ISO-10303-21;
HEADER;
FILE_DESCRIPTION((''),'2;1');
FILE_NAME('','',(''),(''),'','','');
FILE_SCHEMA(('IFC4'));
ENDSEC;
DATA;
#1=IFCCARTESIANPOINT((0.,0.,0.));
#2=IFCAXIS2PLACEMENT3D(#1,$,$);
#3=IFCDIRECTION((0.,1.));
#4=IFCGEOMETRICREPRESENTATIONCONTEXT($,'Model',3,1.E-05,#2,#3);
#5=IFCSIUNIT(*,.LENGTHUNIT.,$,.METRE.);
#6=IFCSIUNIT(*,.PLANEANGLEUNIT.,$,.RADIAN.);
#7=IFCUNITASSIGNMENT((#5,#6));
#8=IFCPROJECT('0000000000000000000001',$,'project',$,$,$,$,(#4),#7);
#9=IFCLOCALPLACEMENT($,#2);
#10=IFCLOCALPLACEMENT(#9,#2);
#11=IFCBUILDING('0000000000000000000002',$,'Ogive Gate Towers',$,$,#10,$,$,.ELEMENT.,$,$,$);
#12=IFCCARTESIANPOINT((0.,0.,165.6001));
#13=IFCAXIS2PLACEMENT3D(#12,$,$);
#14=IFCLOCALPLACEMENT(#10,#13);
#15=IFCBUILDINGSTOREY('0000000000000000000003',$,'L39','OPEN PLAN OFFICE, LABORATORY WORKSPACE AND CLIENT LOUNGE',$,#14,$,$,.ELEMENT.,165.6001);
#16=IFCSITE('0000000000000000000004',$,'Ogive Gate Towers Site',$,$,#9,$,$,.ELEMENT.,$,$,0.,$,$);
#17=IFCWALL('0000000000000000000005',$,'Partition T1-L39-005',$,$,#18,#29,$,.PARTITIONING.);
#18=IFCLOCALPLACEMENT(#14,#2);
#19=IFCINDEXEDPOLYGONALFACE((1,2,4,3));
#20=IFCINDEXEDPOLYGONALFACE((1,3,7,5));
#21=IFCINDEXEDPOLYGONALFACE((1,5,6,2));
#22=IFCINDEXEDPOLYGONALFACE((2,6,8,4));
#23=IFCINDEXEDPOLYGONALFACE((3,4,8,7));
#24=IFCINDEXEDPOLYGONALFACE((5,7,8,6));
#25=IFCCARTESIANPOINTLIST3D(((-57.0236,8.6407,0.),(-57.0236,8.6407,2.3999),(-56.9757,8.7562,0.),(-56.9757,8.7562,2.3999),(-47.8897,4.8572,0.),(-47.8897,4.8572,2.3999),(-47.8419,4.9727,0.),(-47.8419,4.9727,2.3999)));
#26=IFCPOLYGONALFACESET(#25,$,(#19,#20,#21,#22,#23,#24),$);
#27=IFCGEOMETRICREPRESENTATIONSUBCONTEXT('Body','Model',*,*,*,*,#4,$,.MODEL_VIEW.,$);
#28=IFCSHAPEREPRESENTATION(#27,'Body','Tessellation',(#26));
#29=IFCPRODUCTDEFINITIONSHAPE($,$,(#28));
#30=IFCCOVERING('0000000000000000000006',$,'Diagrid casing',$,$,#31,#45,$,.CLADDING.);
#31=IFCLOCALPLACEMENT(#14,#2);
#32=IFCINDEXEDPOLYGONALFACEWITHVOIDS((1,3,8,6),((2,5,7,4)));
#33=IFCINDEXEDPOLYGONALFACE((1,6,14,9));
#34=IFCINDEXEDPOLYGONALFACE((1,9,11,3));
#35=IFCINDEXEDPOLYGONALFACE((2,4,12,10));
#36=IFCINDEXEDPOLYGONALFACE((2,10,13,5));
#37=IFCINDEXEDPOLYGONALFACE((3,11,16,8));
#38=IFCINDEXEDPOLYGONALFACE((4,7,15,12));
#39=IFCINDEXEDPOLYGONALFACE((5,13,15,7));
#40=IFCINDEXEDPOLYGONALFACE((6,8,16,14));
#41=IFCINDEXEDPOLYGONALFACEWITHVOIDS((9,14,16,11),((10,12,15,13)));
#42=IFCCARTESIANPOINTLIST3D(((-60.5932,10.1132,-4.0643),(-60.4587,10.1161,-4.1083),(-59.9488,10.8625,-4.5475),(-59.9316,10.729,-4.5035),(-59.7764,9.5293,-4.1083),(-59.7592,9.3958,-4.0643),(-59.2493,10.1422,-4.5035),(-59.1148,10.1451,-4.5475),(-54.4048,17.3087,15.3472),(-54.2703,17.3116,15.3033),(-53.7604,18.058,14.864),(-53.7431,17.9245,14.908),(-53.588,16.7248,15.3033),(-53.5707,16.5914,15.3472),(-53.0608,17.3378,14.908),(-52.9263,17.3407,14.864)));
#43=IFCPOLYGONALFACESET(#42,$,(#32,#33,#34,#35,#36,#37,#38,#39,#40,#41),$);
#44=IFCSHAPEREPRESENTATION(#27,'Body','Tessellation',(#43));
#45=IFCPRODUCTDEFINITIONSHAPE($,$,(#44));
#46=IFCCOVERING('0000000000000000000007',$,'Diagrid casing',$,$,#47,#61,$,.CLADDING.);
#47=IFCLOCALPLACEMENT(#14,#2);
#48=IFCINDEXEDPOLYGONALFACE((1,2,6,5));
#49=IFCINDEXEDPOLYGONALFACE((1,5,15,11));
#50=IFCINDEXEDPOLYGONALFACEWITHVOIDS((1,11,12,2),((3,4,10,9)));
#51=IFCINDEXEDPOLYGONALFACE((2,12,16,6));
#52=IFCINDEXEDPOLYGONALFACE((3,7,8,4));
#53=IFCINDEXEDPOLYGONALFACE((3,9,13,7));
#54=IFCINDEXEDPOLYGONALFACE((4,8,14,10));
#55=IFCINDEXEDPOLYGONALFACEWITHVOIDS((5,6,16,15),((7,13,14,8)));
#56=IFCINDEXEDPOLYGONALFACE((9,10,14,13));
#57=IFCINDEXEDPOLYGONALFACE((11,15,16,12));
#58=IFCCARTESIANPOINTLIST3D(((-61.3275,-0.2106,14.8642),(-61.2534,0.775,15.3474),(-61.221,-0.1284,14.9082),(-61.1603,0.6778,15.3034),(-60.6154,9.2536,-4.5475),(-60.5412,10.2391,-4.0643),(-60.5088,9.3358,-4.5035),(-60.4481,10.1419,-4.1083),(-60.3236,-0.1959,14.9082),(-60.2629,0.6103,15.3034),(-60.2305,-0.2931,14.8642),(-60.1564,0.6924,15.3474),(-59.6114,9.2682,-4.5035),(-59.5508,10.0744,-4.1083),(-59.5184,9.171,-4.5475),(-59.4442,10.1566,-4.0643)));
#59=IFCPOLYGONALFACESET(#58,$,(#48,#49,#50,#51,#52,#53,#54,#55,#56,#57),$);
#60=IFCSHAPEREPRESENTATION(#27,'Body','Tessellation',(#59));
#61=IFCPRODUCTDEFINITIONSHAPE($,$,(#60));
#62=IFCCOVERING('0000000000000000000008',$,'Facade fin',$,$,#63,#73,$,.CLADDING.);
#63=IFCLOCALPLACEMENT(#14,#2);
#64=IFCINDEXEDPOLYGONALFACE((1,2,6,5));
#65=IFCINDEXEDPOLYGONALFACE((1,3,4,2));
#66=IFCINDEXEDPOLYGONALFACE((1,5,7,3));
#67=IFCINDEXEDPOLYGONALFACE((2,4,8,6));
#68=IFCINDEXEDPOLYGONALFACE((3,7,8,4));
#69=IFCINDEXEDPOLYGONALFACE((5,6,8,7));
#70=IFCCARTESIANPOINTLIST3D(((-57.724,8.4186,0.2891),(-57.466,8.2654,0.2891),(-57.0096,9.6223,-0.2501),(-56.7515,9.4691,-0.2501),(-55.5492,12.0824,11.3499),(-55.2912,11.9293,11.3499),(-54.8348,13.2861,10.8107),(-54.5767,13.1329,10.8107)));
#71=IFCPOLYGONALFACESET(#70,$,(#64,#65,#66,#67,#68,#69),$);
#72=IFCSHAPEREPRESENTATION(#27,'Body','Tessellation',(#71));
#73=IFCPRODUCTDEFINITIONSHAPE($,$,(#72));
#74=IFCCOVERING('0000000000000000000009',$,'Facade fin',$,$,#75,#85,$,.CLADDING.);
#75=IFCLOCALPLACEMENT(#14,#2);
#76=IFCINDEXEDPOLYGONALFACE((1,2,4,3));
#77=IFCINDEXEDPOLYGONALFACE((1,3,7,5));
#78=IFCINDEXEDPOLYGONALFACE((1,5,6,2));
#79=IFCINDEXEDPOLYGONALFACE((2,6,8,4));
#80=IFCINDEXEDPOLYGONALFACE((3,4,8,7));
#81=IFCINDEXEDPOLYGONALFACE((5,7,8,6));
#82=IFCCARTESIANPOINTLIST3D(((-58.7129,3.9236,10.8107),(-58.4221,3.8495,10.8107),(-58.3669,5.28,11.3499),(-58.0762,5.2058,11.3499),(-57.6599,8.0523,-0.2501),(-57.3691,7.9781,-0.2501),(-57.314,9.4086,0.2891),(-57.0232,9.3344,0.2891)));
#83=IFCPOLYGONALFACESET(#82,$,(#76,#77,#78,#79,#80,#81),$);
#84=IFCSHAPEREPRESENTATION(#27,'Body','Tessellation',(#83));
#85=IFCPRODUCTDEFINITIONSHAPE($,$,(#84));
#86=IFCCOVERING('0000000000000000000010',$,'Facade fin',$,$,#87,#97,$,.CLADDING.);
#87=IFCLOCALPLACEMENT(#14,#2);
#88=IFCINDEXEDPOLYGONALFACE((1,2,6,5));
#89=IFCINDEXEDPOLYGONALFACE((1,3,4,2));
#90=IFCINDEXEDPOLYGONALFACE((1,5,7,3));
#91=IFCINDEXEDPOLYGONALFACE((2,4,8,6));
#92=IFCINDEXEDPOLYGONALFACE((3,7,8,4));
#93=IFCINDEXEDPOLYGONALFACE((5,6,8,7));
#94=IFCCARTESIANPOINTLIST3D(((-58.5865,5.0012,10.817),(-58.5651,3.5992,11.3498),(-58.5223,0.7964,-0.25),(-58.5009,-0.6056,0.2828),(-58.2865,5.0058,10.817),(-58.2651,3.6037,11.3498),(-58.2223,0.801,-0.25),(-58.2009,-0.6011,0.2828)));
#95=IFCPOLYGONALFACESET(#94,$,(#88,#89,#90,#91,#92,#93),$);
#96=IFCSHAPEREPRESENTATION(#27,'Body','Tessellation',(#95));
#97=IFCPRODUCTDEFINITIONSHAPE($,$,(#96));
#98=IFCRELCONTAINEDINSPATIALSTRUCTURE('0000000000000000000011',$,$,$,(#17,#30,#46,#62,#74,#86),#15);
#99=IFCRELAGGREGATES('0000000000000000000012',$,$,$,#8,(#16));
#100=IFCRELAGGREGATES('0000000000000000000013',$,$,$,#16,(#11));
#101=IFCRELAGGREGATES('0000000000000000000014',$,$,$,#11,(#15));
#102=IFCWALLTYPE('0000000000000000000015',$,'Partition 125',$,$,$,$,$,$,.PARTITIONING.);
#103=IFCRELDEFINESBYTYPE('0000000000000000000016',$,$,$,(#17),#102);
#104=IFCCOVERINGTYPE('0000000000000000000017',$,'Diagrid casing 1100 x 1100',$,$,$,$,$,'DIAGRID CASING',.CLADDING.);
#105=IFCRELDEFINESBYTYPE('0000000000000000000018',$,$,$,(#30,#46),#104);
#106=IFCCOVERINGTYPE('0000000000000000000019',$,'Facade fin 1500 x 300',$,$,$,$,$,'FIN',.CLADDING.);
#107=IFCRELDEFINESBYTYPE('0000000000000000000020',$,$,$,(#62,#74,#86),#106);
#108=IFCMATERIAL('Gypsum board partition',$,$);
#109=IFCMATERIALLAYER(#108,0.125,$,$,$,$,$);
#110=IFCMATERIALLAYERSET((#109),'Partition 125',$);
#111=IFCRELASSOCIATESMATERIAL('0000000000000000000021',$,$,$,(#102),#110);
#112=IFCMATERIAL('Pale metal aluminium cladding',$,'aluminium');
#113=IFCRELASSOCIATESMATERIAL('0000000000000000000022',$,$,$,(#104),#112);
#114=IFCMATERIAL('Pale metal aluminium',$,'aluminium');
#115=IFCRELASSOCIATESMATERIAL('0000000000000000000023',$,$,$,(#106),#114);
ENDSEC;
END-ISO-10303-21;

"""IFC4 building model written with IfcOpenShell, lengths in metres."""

from ifc_helpers import new_model, si_unit, direction, frame, frame_2d, origin, origin_2d, place, context, subcontext, project, spatial, rectangle, hollow_rectangle, extrude, material, layer, layer_set, material_profile, profile_set, type_object, element, save


model = new_model("IFC4")

# Units and contexts
model_context = context("Model", 3, precision=1e-05, world=origin(), true_north=direction((0.0, 1.0)))
body_context = subcontext(model_context, "Body", "Model", "MODEL_VIEW")
ifc_project = project(units=[si_unit("LENGTHUNIT", "METRE"), si_unit("PLANEANGLEUNIT", "RADIAN")], contexts=[model_context])

# Site, building, storey
site_placement = place(None, origin())
site = spatial("IfcSite", under=ifc_project, at=site_placement, Name="Ogive Gate Towers Site", CompositionType="ELEMENT", RefElevation=0.0)
building_placement = place(site_placement, origin())
building = spatial("IfcBuilding", under=site, at=building_placement, Name="Ogive Gate Towers", CompositionType="ELEMENT")
storey_placement = place(building_placement, frame((0.0, 0.0, 165.6001)))
storey = spatial("IfcBuildingStorey", under=building, at=storey_placement, Name="L39", Description="OPEN PLAN OFFICE, LABORATORY WORKSPACE AND CLIENT LOUNGE", CompositionType="ELEMENT", Elevation=165.6001)

# Shared definitions
ifc_material_1 = material(Name="Pale metal aluminium", Category="aluminium")

# Wall
ifc_material_2 = material(Name="Gypsum board partition")
ifc_layer_1 = layer(ifc_material_2, 0.125)
ifc_layer_set_1 = layer_set([ifc_layer_1], Name="Partition 125")
wall_type = type_object("IfcWallType", Name="Partition 125", PredefinedType="PARTITIONING", material=ifc_layer_set_1)
wall_placement = place(storey_placement, frame((-56.9998, 8.6985, 0.0), z_axis=(0.0, 0.0, 1.0), x_axis=(0.923876, -0.382693, 0.0)))
element("IfcWall", 1, at=wall_placement, inside=storey, type_object=wall_type, Name="Partition T1-L39-005", PredefinedType="PARTITIONING", context=body_context, shape_type="SweptSolid", body=[
    extrude(rectangle(XDim=9.8865, YDim=0.125, at=frame_2d((4.9434, 0.0))), origin(), (0.0, 0.0, 1.0), 2.3999),
])

# Coverings
ifc_material_3 = material(Name="Pale metal aluminium cladding", Category="aluminium")
ifc_material_profile_1 = material_profile(ifc_material_3, hollow_rectangle(XDim=1.1001, YDim=1.1001, WallThickness=0.1001, at=origin_2d()), Name="1100 x 1100 pale metal casing")
ifc_profile_set_1 = profile_set([ifc_material_profile_1], Name="Pale metal aluminium cladding")
covering_type_1 = type_object("IfcCoveringType", Name="Diagrid casing 1100 x 1100", ElementType="DIAGRID CASING", PredefinedType="CLADDING", material=ifc_profile_set_1)
covering_1_placement = place(storey_placement, frame((-59.854, 10.1292, -4.3059), z_axis=(0.286404, 0.333012, 0.898374), x_axis=(-0.75817, 0.652057, 0.0)))
element("IfcCovering", 2, at=covering_1_placement, inside=storey, type_object=covering_type_1, Name="Diagrid casing", PredefinedType="CLADDING", context=body_context, shape_type="SweptSolid", body=[
    extrude(hollow_rectangle(XDim=1.1001, YDim=1.1001, WallThickness=0.1001, at=origin_2d()), origin(), (0.0, 0.0, 1.0), 21.6074),
])
covering_2_placement = place(storey_placement, frame((-60.0298, 9.7051, -4.3059), z_axis=(-0.032959, -0.438, 0.898371), x_axis=(0.997181, -0.075036, 0.0)))
element("IfcCovering", 3, at=covering_2_placement, inside=storey, type_object=covering_type_1, Name="Diagrid casing", PredefinedType="CLADDING", context=body_context, shape_type="SweptSolid", body=[
    extrude(hollow_rectangle(XDim=1.1001, YDim=1.1001, WallThickness=0.1001, at=origin_2d()), origin(), (0.0, 0.0, 1.0), 21.6077),
])
ifc_material_profile_2 = material_profile(ifc_material_1, rectangle(XDim=0.3, YDim=1.5, at=origin_2d()), Name="1500 x 300 pale metal aluminium")
ifc_profile_set_2 = profile_set([ifc_material_profile_2], Name="Pale metal aluminium")
covering_type_2 = type_object("IfcCoveringType", Name="Facade fin 1500 x 300", ElementType="FIN", PredefinedType="CLADDING", material=ifc_profile_set_2)
for number, where, z_axis, x_axis, name in (
    (4, (-57.2378, 8.9438, 0.0195), (0.183481, 0.309104, 0.933161), (-0.859915, 0.510437, 0.0), "Facade fin"),
    (5, (-57.3416, 8.6934, 0.0195), (-0.088836, -0.34832, 0.933157), (0.968982, -0.24713, 0.0), "Facade fin"),
):
    element("IfcCovering", number, at=place(storey_placement, frame(where, z_axis=z_axis, x_axis=x_axis)), inside=storey, type_object=covering_type_2, Name=name, PredefinedType="CLADDING", context=body_context, shape_type="SweptSolid", body=[
        extrude(rectangle(XDim=0.3, YDim=1.5, at=origin_2d()), origin(), (0.0, 0.0, 1.0), 11.853),
    ])
covering_3_placement = place(storey_placement, frame((-58.3616, 0.0977, 0.0164), z_axis=(-0.005423, 0.355162, 0.934789), x_axis=(-0.999883, -0.015268, 0.0)))
element("IfcCovering", 6, at=covering_3_placement, inside=storey, type_object=covering_type_2, Name="Facade fin", PredefinedType="CLADDING", context=body_context, shape_type="SweptSolid", body=[
    extrude(rectangle(XDim=0.3, YDim=1.5, at=origin_2d()), origin(), (0.0, 0.0, 1.0), 11.8391),
])

save(model, "model.ifc")
